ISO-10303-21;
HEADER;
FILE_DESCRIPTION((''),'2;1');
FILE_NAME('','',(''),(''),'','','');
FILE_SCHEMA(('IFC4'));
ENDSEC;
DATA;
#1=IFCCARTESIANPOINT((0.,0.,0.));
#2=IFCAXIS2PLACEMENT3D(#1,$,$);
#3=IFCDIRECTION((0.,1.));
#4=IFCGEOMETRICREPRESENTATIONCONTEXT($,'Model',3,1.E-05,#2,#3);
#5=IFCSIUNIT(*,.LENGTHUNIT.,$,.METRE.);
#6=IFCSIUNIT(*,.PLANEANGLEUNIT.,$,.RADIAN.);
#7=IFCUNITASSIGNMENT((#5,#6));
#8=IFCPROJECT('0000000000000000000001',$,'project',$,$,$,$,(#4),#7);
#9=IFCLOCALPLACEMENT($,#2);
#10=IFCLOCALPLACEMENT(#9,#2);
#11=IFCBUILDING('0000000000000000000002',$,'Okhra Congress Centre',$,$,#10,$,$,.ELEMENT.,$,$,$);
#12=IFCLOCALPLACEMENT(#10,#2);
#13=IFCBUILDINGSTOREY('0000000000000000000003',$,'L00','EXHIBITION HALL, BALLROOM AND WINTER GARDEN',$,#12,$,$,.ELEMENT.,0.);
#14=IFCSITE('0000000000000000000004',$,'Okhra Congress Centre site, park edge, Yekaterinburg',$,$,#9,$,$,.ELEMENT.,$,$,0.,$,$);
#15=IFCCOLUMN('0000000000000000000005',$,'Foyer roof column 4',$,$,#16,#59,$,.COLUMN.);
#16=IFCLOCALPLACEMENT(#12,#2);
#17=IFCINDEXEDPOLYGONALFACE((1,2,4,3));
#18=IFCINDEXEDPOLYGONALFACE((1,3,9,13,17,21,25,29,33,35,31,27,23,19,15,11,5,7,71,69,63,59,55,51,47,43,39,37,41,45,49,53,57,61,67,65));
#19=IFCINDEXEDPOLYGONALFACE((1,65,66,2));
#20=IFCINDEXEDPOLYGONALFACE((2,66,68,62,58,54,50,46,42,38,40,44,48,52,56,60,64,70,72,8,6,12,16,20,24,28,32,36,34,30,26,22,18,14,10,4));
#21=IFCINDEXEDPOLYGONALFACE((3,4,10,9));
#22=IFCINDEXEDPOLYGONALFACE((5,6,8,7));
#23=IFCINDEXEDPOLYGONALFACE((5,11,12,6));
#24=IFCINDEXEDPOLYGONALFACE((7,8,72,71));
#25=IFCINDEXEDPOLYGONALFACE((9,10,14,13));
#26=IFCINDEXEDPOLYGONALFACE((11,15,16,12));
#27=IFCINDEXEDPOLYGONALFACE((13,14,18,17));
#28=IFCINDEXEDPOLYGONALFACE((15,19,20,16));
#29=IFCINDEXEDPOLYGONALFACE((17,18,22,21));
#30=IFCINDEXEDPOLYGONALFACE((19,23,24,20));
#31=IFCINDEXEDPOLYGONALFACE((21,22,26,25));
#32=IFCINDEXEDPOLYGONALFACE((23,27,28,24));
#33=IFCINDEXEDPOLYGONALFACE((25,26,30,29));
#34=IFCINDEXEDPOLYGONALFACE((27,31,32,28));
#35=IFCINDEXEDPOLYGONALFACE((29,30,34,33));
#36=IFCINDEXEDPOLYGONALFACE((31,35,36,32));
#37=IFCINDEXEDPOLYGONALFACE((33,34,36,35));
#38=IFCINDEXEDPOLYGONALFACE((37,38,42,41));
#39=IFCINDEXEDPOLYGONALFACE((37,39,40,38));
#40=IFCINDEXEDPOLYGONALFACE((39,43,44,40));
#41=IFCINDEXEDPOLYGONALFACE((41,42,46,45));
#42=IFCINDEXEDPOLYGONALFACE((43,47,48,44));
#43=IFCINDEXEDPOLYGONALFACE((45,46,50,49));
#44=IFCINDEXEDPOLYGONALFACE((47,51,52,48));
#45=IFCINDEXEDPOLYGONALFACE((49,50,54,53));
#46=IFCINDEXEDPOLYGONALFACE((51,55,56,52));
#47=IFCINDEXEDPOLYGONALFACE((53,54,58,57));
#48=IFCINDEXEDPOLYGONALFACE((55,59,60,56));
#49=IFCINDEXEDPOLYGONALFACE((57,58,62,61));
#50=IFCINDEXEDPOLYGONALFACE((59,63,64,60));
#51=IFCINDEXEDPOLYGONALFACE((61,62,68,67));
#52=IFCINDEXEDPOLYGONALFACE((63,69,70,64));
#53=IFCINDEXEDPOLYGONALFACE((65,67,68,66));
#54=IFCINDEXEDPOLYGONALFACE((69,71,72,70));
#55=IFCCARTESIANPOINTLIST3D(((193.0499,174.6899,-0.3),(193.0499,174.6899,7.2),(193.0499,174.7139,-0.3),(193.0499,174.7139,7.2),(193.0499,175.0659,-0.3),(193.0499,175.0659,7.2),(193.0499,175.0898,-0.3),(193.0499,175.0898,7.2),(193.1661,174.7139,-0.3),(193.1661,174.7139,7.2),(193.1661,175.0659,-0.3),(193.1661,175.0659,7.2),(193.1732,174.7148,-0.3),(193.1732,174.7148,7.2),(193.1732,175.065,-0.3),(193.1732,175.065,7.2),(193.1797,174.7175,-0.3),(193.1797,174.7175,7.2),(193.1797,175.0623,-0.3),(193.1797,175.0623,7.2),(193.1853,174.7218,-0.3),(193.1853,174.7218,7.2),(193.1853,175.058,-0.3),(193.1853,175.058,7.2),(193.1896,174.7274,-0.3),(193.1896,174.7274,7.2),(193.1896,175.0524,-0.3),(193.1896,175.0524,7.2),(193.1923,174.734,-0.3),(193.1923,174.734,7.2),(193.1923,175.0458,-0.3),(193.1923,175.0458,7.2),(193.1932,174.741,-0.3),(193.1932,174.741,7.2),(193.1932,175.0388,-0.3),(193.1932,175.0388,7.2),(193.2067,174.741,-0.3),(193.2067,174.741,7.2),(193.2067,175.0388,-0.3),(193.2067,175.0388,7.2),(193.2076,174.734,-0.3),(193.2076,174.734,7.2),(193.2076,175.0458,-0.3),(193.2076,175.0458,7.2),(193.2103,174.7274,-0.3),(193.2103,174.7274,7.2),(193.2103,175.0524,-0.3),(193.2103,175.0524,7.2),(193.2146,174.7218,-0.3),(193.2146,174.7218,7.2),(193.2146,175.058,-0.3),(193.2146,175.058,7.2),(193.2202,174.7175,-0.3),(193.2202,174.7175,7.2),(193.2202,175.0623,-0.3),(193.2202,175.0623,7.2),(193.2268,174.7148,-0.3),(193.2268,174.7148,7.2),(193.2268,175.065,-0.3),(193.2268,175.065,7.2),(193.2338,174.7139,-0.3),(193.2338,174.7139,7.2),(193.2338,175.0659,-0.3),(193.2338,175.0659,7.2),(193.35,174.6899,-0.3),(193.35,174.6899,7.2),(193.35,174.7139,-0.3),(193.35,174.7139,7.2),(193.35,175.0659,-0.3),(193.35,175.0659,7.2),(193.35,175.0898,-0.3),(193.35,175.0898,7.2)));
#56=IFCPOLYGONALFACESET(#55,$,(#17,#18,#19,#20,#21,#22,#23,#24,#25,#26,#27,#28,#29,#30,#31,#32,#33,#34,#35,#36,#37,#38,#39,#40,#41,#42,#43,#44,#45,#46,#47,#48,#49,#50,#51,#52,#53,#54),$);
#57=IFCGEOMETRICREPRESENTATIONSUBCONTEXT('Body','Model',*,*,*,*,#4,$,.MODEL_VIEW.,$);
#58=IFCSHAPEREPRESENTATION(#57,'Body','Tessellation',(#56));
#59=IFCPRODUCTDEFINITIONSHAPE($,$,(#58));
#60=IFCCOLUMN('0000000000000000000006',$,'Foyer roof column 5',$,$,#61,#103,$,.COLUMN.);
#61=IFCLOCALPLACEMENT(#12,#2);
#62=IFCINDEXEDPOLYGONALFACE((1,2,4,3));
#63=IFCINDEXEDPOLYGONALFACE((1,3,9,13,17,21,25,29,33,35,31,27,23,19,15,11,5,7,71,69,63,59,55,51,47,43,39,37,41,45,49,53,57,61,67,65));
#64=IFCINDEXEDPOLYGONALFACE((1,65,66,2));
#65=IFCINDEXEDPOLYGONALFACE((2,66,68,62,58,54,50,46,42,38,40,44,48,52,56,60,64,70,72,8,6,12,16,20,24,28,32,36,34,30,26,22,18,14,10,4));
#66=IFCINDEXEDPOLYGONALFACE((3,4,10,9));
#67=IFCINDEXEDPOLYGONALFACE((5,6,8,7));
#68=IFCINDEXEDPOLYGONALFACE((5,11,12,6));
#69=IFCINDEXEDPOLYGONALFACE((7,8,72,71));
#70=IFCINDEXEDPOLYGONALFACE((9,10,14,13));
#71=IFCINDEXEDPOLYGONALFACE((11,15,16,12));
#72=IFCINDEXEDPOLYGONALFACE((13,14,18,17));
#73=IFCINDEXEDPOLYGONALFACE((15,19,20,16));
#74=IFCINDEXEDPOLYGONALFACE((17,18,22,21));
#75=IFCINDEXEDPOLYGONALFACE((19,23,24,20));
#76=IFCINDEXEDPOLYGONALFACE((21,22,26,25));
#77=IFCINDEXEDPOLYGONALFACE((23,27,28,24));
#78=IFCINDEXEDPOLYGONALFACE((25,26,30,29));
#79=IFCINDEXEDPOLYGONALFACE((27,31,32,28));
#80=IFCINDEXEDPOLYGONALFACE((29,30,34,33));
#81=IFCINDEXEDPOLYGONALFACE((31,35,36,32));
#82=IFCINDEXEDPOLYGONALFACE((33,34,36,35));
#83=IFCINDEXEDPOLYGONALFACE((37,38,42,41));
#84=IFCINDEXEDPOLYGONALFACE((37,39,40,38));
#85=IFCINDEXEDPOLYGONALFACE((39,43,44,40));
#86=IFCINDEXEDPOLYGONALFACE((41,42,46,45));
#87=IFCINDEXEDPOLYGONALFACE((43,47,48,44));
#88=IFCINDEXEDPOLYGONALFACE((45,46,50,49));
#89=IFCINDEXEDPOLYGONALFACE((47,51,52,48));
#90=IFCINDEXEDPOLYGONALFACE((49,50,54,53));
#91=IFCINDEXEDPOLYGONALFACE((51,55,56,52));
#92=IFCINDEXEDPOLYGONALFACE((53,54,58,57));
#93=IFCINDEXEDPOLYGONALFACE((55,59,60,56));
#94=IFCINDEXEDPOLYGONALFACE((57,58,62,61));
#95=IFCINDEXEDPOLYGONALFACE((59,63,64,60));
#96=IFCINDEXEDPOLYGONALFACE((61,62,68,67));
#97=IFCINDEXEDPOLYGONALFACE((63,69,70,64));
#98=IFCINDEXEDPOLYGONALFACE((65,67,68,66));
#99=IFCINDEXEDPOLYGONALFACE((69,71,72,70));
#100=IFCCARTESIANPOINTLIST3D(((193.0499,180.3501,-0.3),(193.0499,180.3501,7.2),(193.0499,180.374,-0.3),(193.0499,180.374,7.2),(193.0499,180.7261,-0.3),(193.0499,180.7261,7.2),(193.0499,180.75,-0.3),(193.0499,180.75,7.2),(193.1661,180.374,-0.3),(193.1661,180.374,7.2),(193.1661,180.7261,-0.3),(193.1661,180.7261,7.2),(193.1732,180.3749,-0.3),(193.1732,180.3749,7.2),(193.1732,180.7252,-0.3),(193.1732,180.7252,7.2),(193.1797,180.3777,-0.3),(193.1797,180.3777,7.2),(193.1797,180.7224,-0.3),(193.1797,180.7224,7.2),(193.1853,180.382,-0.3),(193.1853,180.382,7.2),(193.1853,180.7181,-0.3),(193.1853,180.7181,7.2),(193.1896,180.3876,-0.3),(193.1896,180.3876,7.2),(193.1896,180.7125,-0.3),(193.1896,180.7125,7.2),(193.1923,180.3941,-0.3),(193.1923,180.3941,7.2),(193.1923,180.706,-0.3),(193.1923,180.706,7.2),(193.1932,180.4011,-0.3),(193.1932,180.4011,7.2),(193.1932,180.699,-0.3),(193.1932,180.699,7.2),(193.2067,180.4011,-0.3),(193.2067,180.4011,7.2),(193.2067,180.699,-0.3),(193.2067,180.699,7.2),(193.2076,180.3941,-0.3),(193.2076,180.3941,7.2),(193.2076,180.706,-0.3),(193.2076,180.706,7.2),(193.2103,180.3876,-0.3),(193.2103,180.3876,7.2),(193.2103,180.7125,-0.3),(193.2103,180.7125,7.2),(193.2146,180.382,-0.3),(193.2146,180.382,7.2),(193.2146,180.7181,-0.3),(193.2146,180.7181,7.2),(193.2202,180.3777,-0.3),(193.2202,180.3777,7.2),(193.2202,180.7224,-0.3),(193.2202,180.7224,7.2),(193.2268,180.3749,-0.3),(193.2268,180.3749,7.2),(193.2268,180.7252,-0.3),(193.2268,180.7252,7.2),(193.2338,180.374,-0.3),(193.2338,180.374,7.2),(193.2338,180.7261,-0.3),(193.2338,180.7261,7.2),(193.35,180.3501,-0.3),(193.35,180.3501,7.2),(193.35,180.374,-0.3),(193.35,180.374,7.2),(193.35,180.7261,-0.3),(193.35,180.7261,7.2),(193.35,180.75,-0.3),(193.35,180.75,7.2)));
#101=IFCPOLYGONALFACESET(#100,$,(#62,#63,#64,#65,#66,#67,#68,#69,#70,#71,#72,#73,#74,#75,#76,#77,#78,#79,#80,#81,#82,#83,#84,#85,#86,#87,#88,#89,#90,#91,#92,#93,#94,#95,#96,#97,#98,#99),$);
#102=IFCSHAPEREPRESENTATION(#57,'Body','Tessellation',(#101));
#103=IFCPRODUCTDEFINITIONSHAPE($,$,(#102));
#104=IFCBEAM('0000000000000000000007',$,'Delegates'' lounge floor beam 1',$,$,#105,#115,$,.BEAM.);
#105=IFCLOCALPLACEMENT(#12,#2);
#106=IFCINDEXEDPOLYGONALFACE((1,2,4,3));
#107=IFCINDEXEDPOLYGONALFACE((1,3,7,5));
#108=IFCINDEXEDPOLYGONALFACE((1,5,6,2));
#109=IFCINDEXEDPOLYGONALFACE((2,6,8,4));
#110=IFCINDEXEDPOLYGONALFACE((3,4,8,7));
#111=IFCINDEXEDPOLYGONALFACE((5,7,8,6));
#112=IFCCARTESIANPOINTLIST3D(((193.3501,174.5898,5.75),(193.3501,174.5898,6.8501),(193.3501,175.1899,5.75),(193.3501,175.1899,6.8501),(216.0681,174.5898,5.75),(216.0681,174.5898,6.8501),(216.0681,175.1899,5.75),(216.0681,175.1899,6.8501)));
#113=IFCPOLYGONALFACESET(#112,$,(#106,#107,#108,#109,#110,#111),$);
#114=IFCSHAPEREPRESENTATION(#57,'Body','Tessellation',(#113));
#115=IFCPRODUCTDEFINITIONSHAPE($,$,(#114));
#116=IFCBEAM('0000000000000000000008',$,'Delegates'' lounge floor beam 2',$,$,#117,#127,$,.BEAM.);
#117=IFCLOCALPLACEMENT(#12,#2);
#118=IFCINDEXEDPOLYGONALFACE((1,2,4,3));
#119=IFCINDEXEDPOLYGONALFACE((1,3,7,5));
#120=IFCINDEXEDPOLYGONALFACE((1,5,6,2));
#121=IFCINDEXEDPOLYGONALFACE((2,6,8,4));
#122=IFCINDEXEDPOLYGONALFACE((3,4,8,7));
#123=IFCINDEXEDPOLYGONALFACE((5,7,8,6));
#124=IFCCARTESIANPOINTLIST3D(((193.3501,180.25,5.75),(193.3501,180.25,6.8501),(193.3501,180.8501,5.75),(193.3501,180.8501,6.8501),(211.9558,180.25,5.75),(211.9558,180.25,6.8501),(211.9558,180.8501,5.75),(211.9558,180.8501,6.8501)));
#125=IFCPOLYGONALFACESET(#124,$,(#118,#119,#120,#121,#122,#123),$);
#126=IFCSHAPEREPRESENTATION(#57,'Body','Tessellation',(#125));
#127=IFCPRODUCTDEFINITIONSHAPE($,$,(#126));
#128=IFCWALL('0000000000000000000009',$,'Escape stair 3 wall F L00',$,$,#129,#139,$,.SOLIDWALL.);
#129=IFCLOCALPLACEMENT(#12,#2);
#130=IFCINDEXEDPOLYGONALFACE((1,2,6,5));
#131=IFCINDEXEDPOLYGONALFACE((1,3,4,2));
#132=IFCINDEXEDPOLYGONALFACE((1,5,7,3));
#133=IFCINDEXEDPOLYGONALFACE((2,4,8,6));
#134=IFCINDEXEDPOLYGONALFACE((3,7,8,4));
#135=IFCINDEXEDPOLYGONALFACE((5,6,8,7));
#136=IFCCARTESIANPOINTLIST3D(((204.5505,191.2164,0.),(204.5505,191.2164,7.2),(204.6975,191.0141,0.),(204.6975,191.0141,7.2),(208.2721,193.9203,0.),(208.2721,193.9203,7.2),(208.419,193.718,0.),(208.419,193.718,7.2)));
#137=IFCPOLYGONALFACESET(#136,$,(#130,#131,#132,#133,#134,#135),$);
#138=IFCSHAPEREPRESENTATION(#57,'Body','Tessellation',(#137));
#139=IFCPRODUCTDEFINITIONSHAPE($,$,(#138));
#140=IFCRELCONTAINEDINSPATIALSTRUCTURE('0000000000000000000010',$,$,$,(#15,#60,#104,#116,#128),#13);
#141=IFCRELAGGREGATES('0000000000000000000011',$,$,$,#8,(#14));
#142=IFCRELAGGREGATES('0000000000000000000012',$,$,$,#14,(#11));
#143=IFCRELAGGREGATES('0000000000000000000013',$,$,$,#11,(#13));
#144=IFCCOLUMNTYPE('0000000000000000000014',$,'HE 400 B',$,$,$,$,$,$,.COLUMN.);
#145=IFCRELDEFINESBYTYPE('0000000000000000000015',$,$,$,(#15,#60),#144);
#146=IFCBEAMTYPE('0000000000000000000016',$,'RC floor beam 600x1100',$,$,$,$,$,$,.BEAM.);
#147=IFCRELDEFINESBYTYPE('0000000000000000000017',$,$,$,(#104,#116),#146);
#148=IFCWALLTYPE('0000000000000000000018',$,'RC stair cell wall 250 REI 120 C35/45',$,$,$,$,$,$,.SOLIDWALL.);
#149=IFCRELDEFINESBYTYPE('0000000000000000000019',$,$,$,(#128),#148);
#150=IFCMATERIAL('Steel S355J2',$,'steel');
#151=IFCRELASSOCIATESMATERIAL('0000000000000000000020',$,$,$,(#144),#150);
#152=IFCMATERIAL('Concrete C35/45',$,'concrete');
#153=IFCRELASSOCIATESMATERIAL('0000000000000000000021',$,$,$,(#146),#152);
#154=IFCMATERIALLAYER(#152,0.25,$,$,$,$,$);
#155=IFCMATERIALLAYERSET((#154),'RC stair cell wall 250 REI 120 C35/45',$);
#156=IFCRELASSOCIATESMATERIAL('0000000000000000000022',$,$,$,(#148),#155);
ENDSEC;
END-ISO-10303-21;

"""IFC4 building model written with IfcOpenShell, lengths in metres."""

from ifc_helpers import new_model, si_unit, direction, frame, frame_2d, origin, origin_2d, place, context, subcontext, project, spatial, rectangle, i_section, extrude, material, layer, layer_set, material_profile, profile_set, type_object, element, save


model = new_model("IFC4")

# Units and contexts
model_context = context("Model", 3, precision=1e-05, world=origin(), true_north=direction((0.0, 1.0)))
body_context = subcontext(model_context, "Body", "Model", "MODEL_VIEW")
ifc_project = project(units=[si_unit("LENGTHUNIT", "METRE"), si_unit("PLANEANGLEUNIT", "RADIAN")], contexts=[model_context])

# Site, building, storey
site_placement = place(None, origin())
site = spatial("IfcSite", under=ifc_project, at=site_placement, Name="Okhra Congress Centre site, park edge, Yekaterinburg", CompositionType="ELEMENT", RefElevation=0.0)
building_placement = place(site_placement, origin())
building = spatial("IfcBuilding", under=site, at=building_placement, Name="Okhra Congress Centre", CompositionType="ELEMENT")
storey_placement = place(building_placement, origin())
storey = spatial("IfcBuildingStorey", under=building, at=storey_placement, Name="L00", Description="EXHIBITION HALL, BALLROOM AND WINTER GARDEN", CompositionType="ELEMENT", Elevation=0.0)

# Shared definitions
ifc_material_1 = material(Name="Concrete C35/45", Category="concrete")

# Columns
ifc_material_2 = material(Name="Steel S355J2", Category="steel")
ifc_material_profile_1 = material_profile(ifc_material_2, i_section(OverallWidth=0.3, OverallDepth=0.3999, WebThickness=0.0134, FlangeThickness=0.0239, FilletRadius=0.0271, at=origin_2d()), Name="HE 400 B")
ifc_profile_set_1 = profile_set([ifc_material_profile_1], Name="Steel S355J2")
column_type = type_object("IfcColumnType", Name="HE 400 B", PredefinedType="COLUMN", material=ifc_profile_set_1)
for number, where, z_axis, x_axis, name in (
    (1, (193.2, 174.8899, -0.3), (0.0, 0.0, 1.0), (1.0, 0.0, 0.0), "Foyer roof column 4"),
    (2, (193.2, 180.55, -0.3), (0.0, 0.0, 1.0), (1.0, 0.0, 0.0), "Foyer roof column 5"),
):
    element("IfcColumn", number, at=place(storey_placement, frame(where, z_axis=z_axis, x_axis=x_axis)), inside=storey, type_object=column_type, Name=name, PredefinedType="COLUMN", context=body_context, shape_type="SweptSolid", body=[
        extrude(i_section(OverallWidth=0.3, OverallDepth=0.3999, WebThickness=0.0134, FlangeThickness=0.0239, FilletRadius=0.0271, at=origin_2d()), origin(), (0.0, 0.0, 1.0), 7.5),
    ])

# Beams
ifc_material_profile_2 = material_profile(ifc_material_1, rectangle(XDim=0.6001, YDim=1.1001, at=origin_2d()), Name="RC floor beam 600x1100")
ifc_profile_set_2 = profile_set([ifc_material_profile_2], Name="Concrete C35/45")
beam_type = type_object("IfcBeamType", Name="RC floor beam 600x1100", PredefinedType="BEAM", material=ifc_profile_set_2)
beam_1_placement = place(storey_placement, frame((193.3501, 174.8899, 6.3), z_axis=(1.0, 0.0, 0.0), x_axis=(0.0, 1.0, 0.0)))
element("IfcBeam", 3, at=beam_1_placement, inside=storey, type_object=beam_type, Name="Delegates' lounge floor beam 1", PredefinedType="BEAM", context=body_context, shape_type="SweptSolid", body=[
    extrude(rectangle(XDim=0.6001, YDim=1.1001, at=origin_2d()), origin(), (0.0, 0.0, 1.0), 22.718),
])
beam_2_placement = place(storey_placement, frame((193.3501, 180.55, 6.3), z_axis=(1.0, 0.0, 0.0), x_axis=(0.0, 1.0, 0.0)))
element("IfcBeam", 4, at=beam_2_placement, inside=storey, type_object=beam_type, Name="Delegates' lounge floor beam 2", PredefinedType="BEAM", context=body_context, shape_type="SweptSolid", body=[
    extrude(rectangle(XDim=0.6001, YDim=1.1001, at=origin_2d()), origin(), (0.0, 0.0, 1.0), 18.6057),
])

# Wall
ifc_layer_1 = layer(ifc_material_1, 0.25)
ifc_layer_set_1 = layer_set([ifc_layer_1], Name="RC stair cell wall 250 REI 120 C35/45")
wall_type_1 = type_object("IfcWallType", Name="RC stair cell wall 250 REI 120 C35/45", PredefinedType="SOLIDWALL", material=ifc_layer_set_1)
wall_1_placement = place(storey_placement, frame((204.624, 191.1152, 0.0), z_axis=(0.0, 0.0, 1.0), x_axis=(0.809009, 0.587796, 0.0)))
element("IfcWall", 5, at=wall_1_placement, inside=storey, type_object=wall_type_1, Name="Escape stair 3 wall F L00", PredefinedType="SOLIDWALL", context=body_context, shape_type="SweptSolid", body=[
    extrude(rectangle(XDim=4.6001, YDim=0.25, at=frame_2d((2.3, 0.0))), origin(), (0.0, 0.0, 1.0), 7.2),
])

save(model, "model.ifc")
